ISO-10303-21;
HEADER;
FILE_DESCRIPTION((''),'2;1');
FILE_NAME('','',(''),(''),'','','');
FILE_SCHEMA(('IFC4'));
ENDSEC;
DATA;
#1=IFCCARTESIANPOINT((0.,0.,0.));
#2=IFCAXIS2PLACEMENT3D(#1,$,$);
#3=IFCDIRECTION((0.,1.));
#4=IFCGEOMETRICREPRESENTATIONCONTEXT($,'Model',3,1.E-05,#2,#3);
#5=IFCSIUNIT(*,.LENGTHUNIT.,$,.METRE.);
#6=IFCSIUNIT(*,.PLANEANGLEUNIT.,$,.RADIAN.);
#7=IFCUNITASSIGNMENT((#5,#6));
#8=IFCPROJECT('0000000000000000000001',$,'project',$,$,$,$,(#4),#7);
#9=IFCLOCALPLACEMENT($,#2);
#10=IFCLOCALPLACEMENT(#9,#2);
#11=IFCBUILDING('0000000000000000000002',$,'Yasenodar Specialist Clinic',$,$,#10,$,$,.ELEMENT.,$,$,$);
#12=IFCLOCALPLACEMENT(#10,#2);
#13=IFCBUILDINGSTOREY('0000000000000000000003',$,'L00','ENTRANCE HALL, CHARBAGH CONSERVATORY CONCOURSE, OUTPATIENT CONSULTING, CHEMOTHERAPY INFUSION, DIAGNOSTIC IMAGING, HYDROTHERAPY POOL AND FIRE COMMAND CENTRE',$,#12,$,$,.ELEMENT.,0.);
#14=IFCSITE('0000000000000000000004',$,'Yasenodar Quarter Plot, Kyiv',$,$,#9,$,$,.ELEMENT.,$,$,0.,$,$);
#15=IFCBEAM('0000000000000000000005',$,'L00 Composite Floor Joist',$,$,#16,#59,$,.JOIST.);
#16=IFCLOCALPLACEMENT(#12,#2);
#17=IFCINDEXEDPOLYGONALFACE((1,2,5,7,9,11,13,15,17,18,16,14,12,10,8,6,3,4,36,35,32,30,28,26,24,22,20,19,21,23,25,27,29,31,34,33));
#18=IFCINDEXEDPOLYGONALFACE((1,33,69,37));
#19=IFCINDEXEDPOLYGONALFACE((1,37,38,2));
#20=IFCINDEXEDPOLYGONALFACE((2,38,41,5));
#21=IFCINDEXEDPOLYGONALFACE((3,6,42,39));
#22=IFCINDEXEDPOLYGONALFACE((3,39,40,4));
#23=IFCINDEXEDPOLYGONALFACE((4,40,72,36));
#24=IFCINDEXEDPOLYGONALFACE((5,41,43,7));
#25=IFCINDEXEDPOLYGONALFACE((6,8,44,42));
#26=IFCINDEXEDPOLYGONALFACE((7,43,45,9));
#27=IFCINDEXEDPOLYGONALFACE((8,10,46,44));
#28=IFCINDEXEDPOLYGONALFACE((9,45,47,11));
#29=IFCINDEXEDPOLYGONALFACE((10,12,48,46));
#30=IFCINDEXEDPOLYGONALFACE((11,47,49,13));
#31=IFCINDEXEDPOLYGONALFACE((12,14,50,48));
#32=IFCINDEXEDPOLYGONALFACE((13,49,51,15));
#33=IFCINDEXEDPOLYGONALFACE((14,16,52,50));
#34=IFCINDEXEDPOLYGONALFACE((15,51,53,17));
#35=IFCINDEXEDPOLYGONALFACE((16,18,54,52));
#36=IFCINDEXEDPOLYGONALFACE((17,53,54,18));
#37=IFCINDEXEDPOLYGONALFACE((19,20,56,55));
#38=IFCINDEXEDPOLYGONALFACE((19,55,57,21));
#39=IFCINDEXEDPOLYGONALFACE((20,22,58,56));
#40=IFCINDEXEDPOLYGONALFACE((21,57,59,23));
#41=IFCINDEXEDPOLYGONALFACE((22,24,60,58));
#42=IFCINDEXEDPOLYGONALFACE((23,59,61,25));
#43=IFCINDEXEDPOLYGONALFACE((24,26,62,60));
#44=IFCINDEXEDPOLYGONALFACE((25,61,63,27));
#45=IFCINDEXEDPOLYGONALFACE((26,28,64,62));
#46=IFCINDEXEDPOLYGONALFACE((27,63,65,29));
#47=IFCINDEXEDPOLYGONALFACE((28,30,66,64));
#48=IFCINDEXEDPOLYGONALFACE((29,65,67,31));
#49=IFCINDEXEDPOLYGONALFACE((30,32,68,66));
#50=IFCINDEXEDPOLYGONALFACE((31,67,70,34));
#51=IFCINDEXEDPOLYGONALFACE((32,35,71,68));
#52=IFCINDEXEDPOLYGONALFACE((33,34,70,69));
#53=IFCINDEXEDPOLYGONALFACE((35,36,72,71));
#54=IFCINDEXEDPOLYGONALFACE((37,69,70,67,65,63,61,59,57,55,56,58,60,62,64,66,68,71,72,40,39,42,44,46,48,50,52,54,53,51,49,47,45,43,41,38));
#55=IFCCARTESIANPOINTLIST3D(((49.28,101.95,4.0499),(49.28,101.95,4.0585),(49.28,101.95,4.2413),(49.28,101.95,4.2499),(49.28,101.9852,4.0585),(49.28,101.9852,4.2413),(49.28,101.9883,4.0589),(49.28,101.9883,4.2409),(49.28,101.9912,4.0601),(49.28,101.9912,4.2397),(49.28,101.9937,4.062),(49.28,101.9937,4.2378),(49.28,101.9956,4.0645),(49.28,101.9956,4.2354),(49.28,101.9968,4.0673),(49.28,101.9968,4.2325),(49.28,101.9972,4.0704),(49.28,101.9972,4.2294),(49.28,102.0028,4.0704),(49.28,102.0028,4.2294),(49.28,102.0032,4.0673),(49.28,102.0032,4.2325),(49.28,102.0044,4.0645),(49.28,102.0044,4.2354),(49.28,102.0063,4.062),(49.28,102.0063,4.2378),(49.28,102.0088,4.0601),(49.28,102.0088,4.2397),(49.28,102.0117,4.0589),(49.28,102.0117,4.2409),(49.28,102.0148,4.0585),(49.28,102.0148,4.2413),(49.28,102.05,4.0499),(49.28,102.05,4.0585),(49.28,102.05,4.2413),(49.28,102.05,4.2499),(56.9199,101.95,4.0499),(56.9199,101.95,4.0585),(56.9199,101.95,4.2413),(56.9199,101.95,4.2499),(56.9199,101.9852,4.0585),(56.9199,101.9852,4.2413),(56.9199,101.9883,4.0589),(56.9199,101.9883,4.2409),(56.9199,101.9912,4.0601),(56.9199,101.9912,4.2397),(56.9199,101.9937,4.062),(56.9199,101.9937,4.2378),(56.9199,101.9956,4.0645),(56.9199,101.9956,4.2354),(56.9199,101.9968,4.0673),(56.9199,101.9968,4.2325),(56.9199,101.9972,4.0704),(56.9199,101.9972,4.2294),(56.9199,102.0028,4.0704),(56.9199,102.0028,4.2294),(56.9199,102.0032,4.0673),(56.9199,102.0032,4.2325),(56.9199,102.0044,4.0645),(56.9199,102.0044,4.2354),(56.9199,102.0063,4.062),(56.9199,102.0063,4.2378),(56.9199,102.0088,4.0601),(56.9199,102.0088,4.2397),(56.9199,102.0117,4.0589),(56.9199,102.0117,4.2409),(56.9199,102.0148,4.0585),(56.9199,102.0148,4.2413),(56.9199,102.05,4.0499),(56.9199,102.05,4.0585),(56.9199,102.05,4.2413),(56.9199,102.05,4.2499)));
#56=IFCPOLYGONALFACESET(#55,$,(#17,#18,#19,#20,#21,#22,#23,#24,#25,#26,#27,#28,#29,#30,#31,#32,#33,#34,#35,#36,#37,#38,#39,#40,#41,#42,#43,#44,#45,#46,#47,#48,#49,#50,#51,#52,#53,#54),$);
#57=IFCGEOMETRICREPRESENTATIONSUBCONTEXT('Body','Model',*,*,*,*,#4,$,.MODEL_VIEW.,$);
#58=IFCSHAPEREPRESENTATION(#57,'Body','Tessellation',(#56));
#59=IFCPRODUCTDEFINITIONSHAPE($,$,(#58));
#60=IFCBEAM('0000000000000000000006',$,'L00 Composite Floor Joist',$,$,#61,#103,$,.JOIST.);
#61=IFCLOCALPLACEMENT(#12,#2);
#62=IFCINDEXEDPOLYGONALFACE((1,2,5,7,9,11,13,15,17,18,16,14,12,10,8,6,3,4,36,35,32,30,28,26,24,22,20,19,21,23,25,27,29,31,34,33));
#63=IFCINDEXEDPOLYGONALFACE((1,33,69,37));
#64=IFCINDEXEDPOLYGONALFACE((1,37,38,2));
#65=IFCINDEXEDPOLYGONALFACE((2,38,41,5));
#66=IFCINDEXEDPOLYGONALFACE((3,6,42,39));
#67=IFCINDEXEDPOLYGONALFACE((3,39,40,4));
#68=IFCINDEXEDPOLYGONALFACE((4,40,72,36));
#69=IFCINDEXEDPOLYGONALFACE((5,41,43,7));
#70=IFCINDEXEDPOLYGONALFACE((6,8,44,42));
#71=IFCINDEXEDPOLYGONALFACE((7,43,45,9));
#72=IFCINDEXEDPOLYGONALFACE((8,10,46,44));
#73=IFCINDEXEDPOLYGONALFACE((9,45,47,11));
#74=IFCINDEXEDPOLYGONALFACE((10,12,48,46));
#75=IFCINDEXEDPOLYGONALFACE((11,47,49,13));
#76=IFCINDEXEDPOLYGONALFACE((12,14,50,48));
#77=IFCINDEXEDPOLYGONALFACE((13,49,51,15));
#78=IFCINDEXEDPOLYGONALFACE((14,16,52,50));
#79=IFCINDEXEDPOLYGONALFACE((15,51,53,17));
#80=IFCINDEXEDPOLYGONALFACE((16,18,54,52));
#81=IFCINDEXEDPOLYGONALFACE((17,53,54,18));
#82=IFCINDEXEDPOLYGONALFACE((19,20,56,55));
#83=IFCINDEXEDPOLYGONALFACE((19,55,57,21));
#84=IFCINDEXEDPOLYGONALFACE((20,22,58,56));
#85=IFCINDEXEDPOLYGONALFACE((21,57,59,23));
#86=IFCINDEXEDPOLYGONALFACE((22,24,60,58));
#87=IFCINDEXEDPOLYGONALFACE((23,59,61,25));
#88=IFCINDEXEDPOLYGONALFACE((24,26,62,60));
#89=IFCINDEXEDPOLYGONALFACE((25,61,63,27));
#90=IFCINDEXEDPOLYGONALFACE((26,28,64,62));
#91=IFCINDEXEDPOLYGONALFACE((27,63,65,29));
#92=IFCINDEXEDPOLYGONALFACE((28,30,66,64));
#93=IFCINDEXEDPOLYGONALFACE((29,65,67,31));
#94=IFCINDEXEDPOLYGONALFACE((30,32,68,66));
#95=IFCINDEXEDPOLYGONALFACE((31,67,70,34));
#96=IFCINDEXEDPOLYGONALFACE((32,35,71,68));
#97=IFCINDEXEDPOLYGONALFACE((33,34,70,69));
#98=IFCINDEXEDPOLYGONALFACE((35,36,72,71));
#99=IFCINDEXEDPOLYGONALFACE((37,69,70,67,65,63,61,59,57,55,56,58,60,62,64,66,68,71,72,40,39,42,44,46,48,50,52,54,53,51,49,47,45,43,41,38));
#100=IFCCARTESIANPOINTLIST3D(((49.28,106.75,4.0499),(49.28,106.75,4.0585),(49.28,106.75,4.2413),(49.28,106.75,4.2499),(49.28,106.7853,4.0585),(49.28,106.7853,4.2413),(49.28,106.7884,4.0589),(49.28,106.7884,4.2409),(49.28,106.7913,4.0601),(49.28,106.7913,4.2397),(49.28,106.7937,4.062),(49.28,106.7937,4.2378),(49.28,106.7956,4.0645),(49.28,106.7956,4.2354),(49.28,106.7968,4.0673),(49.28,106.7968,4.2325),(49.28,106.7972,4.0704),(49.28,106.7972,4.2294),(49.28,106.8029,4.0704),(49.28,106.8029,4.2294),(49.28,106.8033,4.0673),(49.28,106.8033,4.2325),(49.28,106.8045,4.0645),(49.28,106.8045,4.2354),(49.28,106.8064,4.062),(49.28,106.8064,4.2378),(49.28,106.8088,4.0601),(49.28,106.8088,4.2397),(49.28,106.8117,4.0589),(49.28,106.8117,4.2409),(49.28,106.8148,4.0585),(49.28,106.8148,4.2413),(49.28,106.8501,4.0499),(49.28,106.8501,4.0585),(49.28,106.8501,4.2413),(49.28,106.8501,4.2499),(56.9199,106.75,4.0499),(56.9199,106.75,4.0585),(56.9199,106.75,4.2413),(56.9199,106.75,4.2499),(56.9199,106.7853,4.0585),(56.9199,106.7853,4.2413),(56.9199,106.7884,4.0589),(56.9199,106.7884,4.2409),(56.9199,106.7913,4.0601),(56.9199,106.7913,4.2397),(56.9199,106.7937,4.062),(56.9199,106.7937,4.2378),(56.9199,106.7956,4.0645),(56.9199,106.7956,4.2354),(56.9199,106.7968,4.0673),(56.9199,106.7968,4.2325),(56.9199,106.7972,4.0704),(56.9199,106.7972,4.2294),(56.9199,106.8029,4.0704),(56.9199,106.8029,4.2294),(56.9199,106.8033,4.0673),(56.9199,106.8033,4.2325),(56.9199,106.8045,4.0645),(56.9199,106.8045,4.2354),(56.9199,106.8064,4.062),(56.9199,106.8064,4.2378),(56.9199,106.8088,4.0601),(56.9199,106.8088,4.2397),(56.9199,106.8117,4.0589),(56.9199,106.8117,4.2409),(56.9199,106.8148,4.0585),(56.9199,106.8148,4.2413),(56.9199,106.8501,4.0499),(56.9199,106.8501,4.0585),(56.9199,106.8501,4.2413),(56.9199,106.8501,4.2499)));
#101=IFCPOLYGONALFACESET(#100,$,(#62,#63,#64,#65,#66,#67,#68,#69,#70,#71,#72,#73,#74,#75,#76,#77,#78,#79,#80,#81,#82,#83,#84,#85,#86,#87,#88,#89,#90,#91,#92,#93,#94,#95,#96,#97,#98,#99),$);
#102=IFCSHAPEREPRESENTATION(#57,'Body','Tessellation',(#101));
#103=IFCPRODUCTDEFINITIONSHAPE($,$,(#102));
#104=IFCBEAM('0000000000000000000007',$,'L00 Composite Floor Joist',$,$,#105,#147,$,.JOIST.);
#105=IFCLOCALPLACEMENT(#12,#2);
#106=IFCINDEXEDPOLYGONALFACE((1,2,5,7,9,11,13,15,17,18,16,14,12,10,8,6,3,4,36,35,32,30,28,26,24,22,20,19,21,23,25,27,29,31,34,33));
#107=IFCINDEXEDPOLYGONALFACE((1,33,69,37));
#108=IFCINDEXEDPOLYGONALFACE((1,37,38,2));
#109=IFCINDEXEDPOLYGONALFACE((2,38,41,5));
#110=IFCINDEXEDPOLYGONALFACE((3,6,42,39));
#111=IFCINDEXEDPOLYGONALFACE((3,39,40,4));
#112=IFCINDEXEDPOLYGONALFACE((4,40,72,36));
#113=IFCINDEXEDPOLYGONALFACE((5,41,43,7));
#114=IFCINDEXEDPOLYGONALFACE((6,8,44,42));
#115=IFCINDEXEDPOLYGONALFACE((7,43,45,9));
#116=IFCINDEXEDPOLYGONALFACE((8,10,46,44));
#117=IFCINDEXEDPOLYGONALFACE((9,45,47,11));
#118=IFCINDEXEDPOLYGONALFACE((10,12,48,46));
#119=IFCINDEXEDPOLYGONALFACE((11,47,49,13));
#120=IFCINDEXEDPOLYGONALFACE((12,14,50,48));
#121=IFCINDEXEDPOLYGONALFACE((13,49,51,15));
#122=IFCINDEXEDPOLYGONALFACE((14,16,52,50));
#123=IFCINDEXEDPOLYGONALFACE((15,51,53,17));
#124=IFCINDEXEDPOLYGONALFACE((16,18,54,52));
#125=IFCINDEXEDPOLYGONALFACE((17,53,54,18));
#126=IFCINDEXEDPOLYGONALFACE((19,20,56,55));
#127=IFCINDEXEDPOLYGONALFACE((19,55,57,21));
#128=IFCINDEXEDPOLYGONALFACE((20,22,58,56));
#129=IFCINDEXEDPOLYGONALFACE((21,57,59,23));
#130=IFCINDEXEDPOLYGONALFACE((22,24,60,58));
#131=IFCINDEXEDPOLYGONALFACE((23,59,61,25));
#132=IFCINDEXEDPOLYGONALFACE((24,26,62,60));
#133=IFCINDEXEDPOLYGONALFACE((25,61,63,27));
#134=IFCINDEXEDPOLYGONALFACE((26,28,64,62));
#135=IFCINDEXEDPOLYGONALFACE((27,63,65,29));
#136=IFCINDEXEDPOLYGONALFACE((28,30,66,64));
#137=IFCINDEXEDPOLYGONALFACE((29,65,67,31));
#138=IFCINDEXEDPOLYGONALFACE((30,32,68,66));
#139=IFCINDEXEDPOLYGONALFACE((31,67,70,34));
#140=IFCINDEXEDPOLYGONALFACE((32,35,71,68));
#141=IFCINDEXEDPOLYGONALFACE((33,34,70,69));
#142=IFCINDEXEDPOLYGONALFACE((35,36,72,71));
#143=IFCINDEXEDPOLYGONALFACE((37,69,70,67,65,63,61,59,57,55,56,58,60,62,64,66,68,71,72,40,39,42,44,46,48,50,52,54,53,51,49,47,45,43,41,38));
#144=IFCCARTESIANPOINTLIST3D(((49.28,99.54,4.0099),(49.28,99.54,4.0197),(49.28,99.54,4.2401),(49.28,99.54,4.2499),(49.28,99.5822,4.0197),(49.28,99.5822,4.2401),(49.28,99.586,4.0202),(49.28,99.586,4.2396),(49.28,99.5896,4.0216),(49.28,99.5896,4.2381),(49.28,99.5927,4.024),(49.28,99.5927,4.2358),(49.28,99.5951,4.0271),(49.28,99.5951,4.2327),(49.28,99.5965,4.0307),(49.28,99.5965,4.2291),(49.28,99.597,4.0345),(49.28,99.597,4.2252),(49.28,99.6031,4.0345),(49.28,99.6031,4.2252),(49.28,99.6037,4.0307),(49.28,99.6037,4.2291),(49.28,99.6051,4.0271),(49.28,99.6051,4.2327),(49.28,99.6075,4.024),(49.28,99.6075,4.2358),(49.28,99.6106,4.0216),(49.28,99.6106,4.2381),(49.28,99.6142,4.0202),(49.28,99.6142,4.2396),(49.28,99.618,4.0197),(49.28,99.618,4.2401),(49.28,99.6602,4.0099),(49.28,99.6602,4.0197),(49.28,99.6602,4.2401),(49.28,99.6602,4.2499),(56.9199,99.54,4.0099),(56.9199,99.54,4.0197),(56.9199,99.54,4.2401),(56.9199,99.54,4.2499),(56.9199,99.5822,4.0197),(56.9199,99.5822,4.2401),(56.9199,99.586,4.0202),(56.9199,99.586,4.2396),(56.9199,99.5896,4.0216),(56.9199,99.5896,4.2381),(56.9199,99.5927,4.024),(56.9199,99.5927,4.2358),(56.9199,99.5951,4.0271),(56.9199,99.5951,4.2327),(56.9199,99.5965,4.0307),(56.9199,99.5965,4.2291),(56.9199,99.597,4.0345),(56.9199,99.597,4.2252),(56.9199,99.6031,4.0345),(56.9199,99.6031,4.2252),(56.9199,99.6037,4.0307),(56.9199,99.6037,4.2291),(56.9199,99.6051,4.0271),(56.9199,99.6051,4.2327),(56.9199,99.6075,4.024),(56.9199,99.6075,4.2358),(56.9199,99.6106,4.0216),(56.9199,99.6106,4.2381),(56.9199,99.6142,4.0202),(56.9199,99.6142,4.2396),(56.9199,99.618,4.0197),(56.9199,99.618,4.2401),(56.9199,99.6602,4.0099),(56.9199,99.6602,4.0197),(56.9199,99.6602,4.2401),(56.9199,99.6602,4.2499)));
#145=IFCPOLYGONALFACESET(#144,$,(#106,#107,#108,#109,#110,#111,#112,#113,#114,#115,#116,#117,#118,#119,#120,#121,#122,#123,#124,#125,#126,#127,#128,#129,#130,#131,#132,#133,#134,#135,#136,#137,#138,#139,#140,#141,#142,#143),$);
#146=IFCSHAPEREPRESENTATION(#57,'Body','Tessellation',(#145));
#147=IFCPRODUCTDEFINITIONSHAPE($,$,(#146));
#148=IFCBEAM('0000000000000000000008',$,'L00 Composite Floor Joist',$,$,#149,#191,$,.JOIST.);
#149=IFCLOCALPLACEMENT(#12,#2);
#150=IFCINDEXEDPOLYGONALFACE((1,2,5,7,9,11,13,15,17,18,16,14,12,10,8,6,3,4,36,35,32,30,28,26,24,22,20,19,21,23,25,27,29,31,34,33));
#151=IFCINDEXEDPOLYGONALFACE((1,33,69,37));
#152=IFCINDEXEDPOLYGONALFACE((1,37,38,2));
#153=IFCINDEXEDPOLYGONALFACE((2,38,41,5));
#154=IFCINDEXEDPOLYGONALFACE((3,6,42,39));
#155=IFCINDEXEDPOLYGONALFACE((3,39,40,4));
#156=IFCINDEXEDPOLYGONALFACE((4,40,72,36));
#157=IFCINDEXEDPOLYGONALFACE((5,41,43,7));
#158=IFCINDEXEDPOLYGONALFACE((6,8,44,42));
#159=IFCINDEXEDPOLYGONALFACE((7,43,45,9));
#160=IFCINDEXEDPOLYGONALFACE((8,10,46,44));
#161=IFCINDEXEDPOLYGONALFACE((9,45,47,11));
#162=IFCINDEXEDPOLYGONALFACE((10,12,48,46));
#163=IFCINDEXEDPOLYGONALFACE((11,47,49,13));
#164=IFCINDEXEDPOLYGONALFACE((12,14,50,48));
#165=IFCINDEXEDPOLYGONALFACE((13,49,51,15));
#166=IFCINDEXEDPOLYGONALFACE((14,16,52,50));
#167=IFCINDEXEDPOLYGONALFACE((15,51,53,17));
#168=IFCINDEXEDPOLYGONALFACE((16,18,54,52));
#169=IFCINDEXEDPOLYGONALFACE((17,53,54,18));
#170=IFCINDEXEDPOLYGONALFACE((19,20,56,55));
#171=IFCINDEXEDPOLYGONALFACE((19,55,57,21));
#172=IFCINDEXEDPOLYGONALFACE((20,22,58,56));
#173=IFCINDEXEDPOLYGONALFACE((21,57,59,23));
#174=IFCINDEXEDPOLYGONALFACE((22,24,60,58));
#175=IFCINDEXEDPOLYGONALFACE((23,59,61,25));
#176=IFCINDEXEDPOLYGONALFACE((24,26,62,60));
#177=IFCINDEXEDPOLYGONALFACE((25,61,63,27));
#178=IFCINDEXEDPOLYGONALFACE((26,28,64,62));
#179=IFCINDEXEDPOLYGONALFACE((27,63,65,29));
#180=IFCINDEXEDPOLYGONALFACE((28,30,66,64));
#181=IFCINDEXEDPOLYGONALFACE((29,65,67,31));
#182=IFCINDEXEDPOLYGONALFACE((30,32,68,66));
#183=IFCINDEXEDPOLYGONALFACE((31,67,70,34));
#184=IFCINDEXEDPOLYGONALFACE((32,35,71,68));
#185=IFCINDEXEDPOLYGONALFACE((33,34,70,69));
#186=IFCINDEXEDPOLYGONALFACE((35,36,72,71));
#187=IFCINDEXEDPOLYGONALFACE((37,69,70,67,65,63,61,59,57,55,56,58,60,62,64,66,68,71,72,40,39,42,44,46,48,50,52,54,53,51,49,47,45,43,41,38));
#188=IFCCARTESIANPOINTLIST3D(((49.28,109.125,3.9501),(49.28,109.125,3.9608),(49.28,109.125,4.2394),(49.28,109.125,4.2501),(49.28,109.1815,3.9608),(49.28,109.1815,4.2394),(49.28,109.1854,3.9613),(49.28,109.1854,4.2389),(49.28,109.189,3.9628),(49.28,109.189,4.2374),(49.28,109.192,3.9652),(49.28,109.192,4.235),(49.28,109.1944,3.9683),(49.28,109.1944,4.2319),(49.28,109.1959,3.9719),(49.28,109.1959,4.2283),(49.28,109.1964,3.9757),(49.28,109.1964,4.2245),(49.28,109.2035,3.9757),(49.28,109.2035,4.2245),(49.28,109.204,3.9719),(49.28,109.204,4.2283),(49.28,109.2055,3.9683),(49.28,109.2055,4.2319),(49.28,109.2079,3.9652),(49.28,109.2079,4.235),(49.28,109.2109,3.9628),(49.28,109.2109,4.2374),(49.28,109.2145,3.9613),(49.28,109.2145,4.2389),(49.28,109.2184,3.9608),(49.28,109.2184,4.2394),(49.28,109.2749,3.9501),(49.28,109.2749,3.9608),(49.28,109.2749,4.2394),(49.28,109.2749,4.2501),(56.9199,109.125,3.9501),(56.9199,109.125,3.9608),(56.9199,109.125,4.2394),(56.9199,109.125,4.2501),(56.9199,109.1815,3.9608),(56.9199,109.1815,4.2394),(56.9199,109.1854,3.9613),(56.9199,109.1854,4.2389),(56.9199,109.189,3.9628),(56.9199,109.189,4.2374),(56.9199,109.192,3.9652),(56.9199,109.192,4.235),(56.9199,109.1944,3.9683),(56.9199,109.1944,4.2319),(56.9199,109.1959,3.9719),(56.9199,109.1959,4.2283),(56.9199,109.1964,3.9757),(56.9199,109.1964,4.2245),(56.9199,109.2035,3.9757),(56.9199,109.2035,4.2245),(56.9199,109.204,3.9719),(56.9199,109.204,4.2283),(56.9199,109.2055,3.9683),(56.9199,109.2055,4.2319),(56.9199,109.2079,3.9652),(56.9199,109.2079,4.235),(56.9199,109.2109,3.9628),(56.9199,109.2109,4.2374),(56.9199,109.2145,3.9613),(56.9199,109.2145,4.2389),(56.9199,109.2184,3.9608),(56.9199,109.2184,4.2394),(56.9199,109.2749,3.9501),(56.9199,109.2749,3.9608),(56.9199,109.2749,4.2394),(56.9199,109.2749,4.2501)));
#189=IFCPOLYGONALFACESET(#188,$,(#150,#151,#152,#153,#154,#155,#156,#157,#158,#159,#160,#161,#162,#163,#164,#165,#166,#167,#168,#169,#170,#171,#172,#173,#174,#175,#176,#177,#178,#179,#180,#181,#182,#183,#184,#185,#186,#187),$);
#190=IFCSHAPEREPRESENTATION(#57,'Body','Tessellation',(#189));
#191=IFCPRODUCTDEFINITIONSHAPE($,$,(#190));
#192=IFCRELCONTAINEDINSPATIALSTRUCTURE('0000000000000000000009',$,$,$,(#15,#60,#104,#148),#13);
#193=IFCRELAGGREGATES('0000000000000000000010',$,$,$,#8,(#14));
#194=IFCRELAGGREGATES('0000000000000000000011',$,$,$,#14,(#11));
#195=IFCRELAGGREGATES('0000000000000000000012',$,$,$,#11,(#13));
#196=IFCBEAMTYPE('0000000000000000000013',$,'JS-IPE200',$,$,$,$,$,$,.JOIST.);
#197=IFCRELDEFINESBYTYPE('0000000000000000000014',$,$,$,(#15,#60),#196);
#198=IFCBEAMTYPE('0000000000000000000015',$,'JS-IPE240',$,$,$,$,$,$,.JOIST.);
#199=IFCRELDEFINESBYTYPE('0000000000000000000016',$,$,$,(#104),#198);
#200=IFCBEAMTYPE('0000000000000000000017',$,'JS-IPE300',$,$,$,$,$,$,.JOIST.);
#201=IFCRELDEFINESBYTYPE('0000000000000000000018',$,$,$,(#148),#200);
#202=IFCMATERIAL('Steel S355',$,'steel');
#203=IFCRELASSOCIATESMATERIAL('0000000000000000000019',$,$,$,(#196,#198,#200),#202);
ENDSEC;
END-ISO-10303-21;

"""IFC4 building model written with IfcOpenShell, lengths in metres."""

from ifc_helpers import new_model, si_unit, direction, frame, origin, origin_2d, place, context, subcontext, project, spatial, i_section, extrude, material, material_profile, profile_set, type_object, element, save


model = new_model("IFC4")

# Units and contexts
model_context = context("Model", 3, precision=1e-05, world=origin(), true_north=direction((0.0, 1.0)))
body_context = subcontext(model_context, "Body", "Model", "MODEL_VIEW")
ifc_project = project(units=[si_unit("LENGTHUNIT", "METRE"), si_unit("PLANEANGLEUNIT", "RADIAN")], contexts=[model_context])

# Site, building, storey
site_placement = place(None, origin())
site = spatial("IfcSite", under=ifc_project, at=site_placement, Name="Yasenodar Quarter Plot, Kyiv", CompositionType="ELEMENT", RefElevation=0.0)
building_placement = place(site_placement, origin())
building = spatial("IfcBuilding", under=site, at=building_placement, Name="Yasenodar Specialist Clinic", CompositionType="ELEMENT")
storey_placement = place(building_placement, origin())
storey = spatial("IfcBuildingStorey", under=building, at=storey_placement, Name="L00", Description="ENTRANCE HALL, CHARBAGH CONSERVATORY CONCOURSE, OUTPATIENT CONSULTING, CHEMOTHERAPY INFUSION, DIAGNOSTIC IMAGING, HYDROTHERAPY POOL AND FIRE COMMAND CENTRE", CompositionType="ELEMENT", Elevation=0.0)

# Shared definitions
ifc_material_1 = material(Name="Steel S355", Category="steel")

# Beams
ifc_material_profile_1 = material_profile(ifc_material_1, i_section(OverallWidth=0.1001, OverallDepth=0.2, WebThickness=0.0056, FlangeThickness=0.0085, FilletRadius=0.012, at=origin_2d()), Name="IPE 200")
ifc_profile_set_1 = profile_set([ifc_material_profile_1], Name="Steel S355")
beam_type_1 = type_object("IfcBeamType", Name="JS-IPE200", PredefinedType="JOIST", material=ifc_profile_set_1)
for number, where, z_axis, x_axis, name in (
    (1, (49.28, 102.0, 4.1499), (1.0, 0.0, 0.0), (0.0, 1.0, 0.0), "L00 Composite Floor Joist"),
    (2, (49.28, 106.8, 4.1499), (1.0, 0.0, 0.0), (0.0, 1.0, 0.0), "L00 Composite Floor Joist"),
):
    element("IfcBeam", number, at=place(storey_placement, frame(where, z_axis=z_axis, x_axis=x_axis)), inside=storey, type_object=beam_type_1, Name=name, PredefinedType="JOIST", context=body_context, shape_type="SweptSolid", body=[
        extrude(i_section(OverallWidth=0.1001, OverallDepth=0.2, WebThickness=0.0056, FlangeThickness=0.0085, FilletRadius=0.012, at=origin_2d()), origin(), (0.0, 0.0, 1.0), 7.6399),
    ])
ifc_material_profile_2 = material_profile(ifc_material_1, i_section(OverallWidth=0.1201, OverallDepth=0.24, WebThickness=0.0061, FlangeThickness=0.0098, FilletRadius=0.0149, at=origin_2d()), Name="IPE 240")
ifc_profile_set_2 = profile_set([ifc_material_profile_2], Name="Steel S355")
beam_type_2 = type_object("IfcBeamType", Name="JS-IPE240", PredefinedType="JOIST", material=ifc_profile_set_2)
beam_1_placement = place(storey_placement, frame((49.28, 99.6001, 4.1299), z_axis=(1.0, 0.0, 0.0), x_axis=(0.0, 1.0, 0.0)))
element("IfcBeam", 3, at=beam_1_placement, inside=storey, type_object=beam_type_2, Name="L00 Composite Floor Joist", PredefinedType="JOIST", context=body_context, shape_type="SweptSolid", body=[
    extrude(i_section(OverallWidth=0.1201, OverallDepth=0.24, WebThickness=0.0061, FlangeThickness=0.0098, FilletRadius=0.0149, at=origin_2d()), origin(), (0.0, 0.0, 1.0), 7.6399),
])
ifc_material_profile_3 = material_profile(ifc_material_1, i_section(OverallWidth=0.1499, OverallDepth=0.3, WebThickness=0.0071, FlangeThickness=0.0107, FilletRadius=0.0149, at=origin_2d()), Name="IPE 300")
ifc_profile_set_3 = profile_set([ifc_material_profile_3], Name="Steel S355")
beam_type_3 = type_object("IfcBeamType", Name="JS-IPE300", PredefinedType="JOIST", material=ifc_profile_set_3)
beam_2_placement = place(storey_placement, frame((49.28, 109.2, 4.1001), z_axis=(1.0, 0.0, 0.0), x_axis=(0.0, 1.0, 0.0)))
element("IfcBeam", 4, at=beam_2_placement, inside=storey, type_object=beam_type_3, Name="L00 Composite Floor Joist", PredefinedType="JOIST", context=body_context, shape_type="SweptSolid", body=[
    extrude(i_section(OverallWidth=0.1499, OverallDepth=0.3, WebThickness=0.0071, FlangeThickness=0.0107, FilletRadius=0.0149, at=origin_2d()), origin(), (0.0, 0.0, 1.0), 7.6399),
])

save(model, "model.ifc")
